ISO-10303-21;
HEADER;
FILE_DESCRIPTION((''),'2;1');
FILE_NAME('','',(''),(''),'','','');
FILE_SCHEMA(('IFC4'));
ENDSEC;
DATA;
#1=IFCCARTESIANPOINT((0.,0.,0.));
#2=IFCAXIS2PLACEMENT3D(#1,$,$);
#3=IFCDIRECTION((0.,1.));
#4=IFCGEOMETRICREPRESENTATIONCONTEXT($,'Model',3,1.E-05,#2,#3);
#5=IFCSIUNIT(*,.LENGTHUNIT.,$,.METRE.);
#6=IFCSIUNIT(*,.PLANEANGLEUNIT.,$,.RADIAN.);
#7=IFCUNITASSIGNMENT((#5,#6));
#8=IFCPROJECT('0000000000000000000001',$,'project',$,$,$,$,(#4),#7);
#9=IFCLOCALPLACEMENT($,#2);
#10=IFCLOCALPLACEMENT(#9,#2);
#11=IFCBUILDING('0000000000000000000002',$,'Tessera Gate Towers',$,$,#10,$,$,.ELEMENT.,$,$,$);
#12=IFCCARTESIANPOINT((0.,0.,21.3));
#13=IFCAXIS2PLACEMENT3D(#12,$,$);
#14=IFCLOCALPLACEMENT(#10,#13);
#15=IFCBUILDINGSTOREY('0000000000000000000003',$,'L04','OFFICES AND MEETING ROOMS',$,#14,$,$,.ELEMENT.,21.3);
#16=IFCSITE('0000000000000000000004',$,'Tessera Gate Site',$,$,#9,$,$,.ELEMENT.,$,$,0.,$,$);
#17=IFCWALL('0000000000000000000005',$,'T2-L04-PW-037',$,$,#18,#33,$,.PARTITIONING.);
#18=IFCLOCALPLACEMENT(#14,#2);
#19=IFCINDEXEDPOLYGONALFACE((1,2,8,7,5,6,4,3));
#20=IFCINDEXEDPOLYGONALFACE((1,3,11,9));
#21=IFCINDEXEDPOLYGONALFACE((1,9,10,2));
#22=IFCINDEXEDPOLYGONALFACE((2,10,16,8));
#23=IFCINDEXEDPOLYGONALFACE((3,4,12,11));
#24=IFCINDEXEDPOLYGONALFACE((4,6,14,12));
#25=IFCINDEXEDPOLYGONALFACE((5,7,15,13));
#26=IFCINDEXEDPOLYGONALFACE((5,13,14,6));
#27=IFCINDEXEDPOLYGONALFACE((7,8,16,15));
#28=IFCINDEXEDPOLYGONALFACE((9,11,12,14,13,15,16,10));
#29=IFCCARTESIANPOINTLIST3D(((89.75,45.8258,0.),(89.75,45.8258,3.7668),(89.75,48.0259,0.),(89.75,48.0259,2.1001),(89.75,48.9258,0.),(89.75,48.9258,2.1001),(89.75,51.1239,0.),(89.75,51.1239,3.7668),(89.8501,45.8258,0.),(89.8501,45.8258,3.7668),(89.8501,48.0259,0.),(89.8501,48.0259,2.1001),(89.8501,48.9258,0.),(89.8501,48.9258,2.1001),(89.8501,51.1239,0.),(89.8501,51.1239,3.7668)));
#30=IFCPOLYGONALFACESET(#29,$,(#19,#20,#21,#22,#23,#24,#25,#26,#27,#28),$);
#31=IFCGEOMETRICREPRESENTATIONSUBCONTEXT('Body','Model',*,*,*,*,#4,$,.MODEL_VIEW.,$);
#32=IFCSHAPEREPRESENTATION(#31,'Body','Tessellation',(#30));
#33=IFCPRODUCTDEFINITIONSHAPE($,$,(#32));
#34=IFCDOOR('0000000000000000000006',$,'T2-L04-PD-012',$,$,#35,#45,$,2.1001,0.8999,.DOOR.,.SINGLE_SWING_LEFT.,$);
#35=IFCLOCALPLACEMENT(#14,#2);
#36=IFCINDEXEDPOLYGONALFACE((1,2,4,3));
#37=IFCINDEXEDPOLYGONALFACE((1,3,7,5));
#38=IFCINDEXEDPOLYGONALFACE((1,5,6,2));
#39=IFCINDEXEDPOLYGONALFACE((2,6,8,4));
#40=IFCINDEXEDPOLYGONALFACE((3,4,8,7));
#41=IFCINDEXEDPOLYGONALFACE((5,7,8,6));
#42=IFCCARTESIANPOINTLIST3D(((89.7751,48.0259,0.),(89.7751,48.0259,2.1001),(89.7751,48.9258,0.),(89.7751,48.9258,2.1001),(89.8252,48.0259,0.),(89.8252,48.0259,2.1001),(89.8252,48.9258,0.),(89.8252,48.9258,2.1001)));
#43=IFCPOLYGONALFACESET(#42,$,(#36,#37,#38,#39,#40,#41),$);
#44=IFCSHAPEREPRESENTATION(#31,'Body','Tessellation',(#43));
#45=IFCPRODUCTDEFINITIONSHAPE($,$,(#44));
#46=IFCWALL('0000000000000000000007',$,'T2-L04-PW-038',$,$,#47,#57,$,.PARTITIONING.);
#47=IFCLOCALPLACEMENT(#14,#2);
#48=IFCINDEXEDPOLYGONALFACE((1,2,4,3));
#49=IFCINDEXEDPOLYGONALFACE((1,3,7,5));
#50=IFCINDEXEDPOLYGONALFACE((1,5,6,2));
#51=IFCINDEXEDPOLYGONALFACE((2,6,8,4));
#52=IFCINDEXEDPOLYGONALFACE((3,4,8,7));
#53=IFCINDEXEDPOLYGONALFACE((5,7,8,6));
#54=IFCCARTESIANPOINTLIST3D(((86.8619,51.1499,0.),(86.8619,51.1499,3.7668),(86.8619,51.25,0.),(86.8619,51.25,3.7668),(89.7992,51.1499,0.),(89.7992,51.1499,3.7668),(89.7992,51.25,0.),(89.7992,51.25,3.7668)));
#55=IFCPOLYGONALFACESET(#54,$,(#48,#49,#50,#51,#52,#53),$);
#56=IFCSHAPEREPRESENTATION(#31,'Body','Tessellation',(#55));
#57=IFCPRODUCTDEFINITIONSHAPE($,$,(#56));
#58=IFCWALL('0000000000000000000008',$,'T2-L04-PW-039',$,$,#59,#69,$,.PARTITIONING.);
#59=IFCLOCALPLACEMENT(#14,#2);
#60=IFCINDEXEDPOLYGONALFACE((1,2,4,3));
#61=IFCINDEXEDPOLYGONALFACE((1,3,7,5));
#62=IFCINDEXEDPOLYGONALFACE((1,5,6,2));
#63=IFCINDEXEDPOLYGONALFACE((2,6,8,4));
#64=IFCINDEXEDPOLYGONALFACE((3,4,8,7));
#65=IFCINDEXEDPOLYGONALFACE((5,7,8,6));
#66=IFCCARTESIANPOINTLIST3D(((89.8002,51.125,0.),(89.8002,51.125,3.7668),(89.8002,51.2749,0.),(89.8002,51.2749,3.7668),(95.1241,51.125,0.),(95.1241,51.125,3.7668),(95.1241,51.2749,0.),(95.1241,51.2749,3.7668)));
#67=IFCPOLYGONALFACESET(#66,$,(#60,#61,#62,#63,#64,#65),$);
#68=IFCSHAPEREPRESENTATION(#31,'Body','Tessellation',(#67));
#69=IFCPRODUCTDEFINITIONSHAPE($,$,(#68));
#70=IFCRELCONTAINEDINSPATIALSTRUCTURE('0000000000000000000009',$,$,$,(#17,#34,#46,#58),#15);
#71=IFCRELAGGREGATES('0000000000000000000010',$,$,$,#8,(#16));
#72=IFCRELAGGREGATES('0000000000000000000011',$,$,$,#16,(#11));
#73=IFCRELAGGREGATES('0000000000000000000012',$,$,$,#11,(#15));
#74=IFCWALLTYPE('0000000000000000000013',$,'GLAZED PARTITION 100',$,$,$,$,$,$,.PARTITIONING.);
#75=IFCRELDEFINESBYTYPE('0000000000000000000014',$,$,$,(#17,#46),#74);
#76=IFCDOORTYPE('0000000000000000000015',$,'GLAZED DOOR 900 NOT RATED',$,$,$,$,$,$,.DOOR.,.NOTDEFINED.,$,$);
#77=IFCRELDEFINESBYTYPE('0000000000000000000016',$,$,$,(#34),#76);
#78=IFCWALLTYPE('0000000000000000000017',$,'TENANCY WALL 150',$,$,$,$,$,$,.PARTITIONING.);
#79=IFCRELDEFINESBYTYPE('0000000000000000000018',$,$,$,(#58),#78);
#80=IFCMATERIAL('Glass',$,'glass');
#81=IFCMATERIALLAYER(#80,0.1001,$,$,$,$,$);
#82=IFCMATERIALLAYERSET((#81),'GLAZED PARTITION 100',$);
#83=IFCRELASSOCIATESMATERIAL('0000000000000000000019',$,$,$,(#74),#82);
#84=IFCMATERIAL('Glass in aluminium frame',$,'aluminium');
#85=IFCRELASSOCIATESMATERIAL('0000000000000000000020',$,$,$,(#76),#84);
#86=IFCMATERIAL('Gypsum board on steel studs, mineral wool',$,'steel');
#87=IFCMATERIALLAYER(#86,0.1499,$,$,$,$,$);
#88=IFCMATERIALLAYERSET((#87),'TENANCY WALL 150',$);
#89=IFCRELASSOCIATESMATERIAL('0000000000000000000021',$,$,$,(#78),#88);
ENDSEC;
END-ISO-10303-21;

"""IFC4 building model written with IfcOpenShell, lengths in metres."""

from ifc_helpers import new_model, si_unit, direction, frame, frame_2d, origin, place, context, subcontext, project, spatial, rectangle, extrude, source, transform, mapped, material, layer, layer_set, type_object, element, fill, save


model = new_model("IFC4")

# Units and contexts
model_context = context("Model", 3, precision=1e-05, world=origin(), true_north=direction((0.0, 1.0)))
body_context = subcontext(model_context, "Body", "Model", "MODEL_VIEW")
ifc_project = project(units=[si_unit("LENGTHUNIT", "METRE"), si_unit("PLANEANGLEUNIT", "RADIAN")], contexts=[model_context])

# Site, building, storey
site_placement = place(None, origin())
site = spatial("IfcSite", under=ifc_project, at=site_placement, Name="Tessera Gate Site", CompositionType="ELEMENT", RefElevation=0.0)
building_placement = place(site_placement, origin())
building = spatial("IfcBuilding", under=site, at=building_placement, Name="Tessera Gate Towers", CompositionType="ELEMENT")
storey_placement = place(building_placement, frame((0.0, 0.0, 21.3)))
storey = spatial("IfcBuildingStorey", under=building, at=storey_placement, Name="L04", Description="OFFICES AND MEETING ROOMS", CompositionType="ELEMENT", Elevation=21.3)

# Wall, opening, door
ifc_material_1 = material(Name="Glass", Category="glass")
ifc_layer_1 = layer(ifc_material_1, 0.1001)
ifc_layer_set_1 = layer_set([ifc_layer_1], Name="GLAZED PARTITION 100")
wall_type_1 = type_object("IfcWallType", Name="GLAZED PARTITION 100", PredefinedType="PARTITIONING", material=ifc_layer_set_1)
wall_1_placement = place(storey_placement, frame((89.8, 45.8259, 0.0), z_axis=(0.0, 0.0, 1.0), x_axis=(0.0, 1.0, 0.0)))
wall_1 = element("IfcWall", 1, at=wall_1_placement, inside=storey, type_object=wall_type_1, Name="T2-L04-PW-037", PredefinedType="PARTITIONING", context=body_context, shape_type="SweptSolid", body=[
    extrude(rectangle(XDim=5.2981, YDim=0.1001, at=frame_2d((2.6489, 0.0))), origin(), (0.0, 0.0, 1.0), 3.7668),
])
shared_shape_1 = source(origin(), body_context, "Body", "SweptSolid", [
    extrude(rectangle(XDim=0.8999, YDim=2.1001, at=frame_2d((0.45, 1.05))), frame((0.0, 0.0601, 0.0), z_axis=(0.0, -1.0, 0.0), x_axis=(1.0, 0.0, 0.0)), (0.0, 0.0, 1.0), 0.1201),
])
opening_1_placement = place(wall_1_placement, frame((2.2, 0.0, 0.0)))
opening_1 = element("IfcOpeningElement", 2, at=opening_1_placement, cuts=wall_1, PredefinedType="OPENING", context=body_context, shape_type="MappedRepresentation", body=[
    mapped(shared_shape_1, transform((0.0, 0.0, 0.0), scale=1.0)),
])
ifc_material_2 = material(Name="Glass in aluminium frame", Category="aluminium")
door_type_1 = type_object("IfcDoorType", Name="GLAZED DOOR 900 NOT RATED", OperationType="NOTDEFINED", PredefinedType="DOOR", material=ifc_material_2)
shared_shape_2 = source(origin(), body_context, "Body", "SweptSolid", [
    extrude(rectangle(XDim=0.8999, YDim=2.1001, at=frame_2d((0.45, 1.05))), frame((0.0, 0.0249, 0.0), z_axis=(0.0, -1.0, 0.0), x_axis=(1.0, 0.0, 0.0)), (0.0, 0.0, 1.0), 0.05),
])
door_1_placement = place(opening_1_placement, origin())
door_1 = element("IfcDoor", 3, at=door_1_placement, inside=storey, type_object=door_type_1, Name="T2-L04-PD-012", OperationType="SINGLE_SWING_LEFT", OverallHeight=2.1001, OverallWidth=0.8999, PredefinedType="DOOR", context=body_context, shape_type="MappedRepresentation", body=[
    mapped(shared_shape_2, transform((0.0, 0.0, 0.0), scale=1.0)),
])
fill(opening_1, door_1)

# Walls
wall_2_placement = place(storey_placement, frame((86.8618, 51.2, 0.0), z_axis=(0.0, 0.0, 1.0), x_axis=(1.0, 0.0, 0.0)))
element("IfcWall", 4, at=wall_2_placement, inside=storey, type_object=wall_type_1, Name="T2-L04-PW-038", PredefinedType="PARTITIONING", context=body_context, shape_type="SweptSolid", body=[
    extrude(rectangle(XDim=2.9373, YDim=0.1001, at=frame_2d((1.4688, 0.0))), origin(), (0.0, 0.0, 1.0), 3.7668),
])
ifc_material_3 = material(Name="Gypsum board on steel studs, mineral wool", Category="steel")
ifc_layer_2 = layer(ifc_material_3, 0.1499)
ifc_layer_set_2 = layer_set([ifc_layer_2], Name="TENANCY WALL 150")
wall_type_2 = type_object("IfcWallType", Name="TENANCY WALL 150", PredefinedType="PARTITIONING", material=ifc_layer_set_2)
wall_3_placement = place(storey_placement, frame((89.8, 51.2, 0.0), z_axis=(0.0, 0.0, 1.0), x_axis=(1.0, 0.0, 0.0)))
element("IfcWall", 5, at=wall_3_placement, inside=storey, type_object=wall_type_2, Name="T2-L04-PW-039", PredefinedType="PARTITIONING", context=body_context, shape_type="SweptSolid", body=[
    extrude(rectangle(XDim=5.324, YDim=0.1499, at=frame_2d((2.6621, 0.0))), origin(), (0.0, 0.0, 1.0), 3.7668),
])

save(model, "model.ifc")
